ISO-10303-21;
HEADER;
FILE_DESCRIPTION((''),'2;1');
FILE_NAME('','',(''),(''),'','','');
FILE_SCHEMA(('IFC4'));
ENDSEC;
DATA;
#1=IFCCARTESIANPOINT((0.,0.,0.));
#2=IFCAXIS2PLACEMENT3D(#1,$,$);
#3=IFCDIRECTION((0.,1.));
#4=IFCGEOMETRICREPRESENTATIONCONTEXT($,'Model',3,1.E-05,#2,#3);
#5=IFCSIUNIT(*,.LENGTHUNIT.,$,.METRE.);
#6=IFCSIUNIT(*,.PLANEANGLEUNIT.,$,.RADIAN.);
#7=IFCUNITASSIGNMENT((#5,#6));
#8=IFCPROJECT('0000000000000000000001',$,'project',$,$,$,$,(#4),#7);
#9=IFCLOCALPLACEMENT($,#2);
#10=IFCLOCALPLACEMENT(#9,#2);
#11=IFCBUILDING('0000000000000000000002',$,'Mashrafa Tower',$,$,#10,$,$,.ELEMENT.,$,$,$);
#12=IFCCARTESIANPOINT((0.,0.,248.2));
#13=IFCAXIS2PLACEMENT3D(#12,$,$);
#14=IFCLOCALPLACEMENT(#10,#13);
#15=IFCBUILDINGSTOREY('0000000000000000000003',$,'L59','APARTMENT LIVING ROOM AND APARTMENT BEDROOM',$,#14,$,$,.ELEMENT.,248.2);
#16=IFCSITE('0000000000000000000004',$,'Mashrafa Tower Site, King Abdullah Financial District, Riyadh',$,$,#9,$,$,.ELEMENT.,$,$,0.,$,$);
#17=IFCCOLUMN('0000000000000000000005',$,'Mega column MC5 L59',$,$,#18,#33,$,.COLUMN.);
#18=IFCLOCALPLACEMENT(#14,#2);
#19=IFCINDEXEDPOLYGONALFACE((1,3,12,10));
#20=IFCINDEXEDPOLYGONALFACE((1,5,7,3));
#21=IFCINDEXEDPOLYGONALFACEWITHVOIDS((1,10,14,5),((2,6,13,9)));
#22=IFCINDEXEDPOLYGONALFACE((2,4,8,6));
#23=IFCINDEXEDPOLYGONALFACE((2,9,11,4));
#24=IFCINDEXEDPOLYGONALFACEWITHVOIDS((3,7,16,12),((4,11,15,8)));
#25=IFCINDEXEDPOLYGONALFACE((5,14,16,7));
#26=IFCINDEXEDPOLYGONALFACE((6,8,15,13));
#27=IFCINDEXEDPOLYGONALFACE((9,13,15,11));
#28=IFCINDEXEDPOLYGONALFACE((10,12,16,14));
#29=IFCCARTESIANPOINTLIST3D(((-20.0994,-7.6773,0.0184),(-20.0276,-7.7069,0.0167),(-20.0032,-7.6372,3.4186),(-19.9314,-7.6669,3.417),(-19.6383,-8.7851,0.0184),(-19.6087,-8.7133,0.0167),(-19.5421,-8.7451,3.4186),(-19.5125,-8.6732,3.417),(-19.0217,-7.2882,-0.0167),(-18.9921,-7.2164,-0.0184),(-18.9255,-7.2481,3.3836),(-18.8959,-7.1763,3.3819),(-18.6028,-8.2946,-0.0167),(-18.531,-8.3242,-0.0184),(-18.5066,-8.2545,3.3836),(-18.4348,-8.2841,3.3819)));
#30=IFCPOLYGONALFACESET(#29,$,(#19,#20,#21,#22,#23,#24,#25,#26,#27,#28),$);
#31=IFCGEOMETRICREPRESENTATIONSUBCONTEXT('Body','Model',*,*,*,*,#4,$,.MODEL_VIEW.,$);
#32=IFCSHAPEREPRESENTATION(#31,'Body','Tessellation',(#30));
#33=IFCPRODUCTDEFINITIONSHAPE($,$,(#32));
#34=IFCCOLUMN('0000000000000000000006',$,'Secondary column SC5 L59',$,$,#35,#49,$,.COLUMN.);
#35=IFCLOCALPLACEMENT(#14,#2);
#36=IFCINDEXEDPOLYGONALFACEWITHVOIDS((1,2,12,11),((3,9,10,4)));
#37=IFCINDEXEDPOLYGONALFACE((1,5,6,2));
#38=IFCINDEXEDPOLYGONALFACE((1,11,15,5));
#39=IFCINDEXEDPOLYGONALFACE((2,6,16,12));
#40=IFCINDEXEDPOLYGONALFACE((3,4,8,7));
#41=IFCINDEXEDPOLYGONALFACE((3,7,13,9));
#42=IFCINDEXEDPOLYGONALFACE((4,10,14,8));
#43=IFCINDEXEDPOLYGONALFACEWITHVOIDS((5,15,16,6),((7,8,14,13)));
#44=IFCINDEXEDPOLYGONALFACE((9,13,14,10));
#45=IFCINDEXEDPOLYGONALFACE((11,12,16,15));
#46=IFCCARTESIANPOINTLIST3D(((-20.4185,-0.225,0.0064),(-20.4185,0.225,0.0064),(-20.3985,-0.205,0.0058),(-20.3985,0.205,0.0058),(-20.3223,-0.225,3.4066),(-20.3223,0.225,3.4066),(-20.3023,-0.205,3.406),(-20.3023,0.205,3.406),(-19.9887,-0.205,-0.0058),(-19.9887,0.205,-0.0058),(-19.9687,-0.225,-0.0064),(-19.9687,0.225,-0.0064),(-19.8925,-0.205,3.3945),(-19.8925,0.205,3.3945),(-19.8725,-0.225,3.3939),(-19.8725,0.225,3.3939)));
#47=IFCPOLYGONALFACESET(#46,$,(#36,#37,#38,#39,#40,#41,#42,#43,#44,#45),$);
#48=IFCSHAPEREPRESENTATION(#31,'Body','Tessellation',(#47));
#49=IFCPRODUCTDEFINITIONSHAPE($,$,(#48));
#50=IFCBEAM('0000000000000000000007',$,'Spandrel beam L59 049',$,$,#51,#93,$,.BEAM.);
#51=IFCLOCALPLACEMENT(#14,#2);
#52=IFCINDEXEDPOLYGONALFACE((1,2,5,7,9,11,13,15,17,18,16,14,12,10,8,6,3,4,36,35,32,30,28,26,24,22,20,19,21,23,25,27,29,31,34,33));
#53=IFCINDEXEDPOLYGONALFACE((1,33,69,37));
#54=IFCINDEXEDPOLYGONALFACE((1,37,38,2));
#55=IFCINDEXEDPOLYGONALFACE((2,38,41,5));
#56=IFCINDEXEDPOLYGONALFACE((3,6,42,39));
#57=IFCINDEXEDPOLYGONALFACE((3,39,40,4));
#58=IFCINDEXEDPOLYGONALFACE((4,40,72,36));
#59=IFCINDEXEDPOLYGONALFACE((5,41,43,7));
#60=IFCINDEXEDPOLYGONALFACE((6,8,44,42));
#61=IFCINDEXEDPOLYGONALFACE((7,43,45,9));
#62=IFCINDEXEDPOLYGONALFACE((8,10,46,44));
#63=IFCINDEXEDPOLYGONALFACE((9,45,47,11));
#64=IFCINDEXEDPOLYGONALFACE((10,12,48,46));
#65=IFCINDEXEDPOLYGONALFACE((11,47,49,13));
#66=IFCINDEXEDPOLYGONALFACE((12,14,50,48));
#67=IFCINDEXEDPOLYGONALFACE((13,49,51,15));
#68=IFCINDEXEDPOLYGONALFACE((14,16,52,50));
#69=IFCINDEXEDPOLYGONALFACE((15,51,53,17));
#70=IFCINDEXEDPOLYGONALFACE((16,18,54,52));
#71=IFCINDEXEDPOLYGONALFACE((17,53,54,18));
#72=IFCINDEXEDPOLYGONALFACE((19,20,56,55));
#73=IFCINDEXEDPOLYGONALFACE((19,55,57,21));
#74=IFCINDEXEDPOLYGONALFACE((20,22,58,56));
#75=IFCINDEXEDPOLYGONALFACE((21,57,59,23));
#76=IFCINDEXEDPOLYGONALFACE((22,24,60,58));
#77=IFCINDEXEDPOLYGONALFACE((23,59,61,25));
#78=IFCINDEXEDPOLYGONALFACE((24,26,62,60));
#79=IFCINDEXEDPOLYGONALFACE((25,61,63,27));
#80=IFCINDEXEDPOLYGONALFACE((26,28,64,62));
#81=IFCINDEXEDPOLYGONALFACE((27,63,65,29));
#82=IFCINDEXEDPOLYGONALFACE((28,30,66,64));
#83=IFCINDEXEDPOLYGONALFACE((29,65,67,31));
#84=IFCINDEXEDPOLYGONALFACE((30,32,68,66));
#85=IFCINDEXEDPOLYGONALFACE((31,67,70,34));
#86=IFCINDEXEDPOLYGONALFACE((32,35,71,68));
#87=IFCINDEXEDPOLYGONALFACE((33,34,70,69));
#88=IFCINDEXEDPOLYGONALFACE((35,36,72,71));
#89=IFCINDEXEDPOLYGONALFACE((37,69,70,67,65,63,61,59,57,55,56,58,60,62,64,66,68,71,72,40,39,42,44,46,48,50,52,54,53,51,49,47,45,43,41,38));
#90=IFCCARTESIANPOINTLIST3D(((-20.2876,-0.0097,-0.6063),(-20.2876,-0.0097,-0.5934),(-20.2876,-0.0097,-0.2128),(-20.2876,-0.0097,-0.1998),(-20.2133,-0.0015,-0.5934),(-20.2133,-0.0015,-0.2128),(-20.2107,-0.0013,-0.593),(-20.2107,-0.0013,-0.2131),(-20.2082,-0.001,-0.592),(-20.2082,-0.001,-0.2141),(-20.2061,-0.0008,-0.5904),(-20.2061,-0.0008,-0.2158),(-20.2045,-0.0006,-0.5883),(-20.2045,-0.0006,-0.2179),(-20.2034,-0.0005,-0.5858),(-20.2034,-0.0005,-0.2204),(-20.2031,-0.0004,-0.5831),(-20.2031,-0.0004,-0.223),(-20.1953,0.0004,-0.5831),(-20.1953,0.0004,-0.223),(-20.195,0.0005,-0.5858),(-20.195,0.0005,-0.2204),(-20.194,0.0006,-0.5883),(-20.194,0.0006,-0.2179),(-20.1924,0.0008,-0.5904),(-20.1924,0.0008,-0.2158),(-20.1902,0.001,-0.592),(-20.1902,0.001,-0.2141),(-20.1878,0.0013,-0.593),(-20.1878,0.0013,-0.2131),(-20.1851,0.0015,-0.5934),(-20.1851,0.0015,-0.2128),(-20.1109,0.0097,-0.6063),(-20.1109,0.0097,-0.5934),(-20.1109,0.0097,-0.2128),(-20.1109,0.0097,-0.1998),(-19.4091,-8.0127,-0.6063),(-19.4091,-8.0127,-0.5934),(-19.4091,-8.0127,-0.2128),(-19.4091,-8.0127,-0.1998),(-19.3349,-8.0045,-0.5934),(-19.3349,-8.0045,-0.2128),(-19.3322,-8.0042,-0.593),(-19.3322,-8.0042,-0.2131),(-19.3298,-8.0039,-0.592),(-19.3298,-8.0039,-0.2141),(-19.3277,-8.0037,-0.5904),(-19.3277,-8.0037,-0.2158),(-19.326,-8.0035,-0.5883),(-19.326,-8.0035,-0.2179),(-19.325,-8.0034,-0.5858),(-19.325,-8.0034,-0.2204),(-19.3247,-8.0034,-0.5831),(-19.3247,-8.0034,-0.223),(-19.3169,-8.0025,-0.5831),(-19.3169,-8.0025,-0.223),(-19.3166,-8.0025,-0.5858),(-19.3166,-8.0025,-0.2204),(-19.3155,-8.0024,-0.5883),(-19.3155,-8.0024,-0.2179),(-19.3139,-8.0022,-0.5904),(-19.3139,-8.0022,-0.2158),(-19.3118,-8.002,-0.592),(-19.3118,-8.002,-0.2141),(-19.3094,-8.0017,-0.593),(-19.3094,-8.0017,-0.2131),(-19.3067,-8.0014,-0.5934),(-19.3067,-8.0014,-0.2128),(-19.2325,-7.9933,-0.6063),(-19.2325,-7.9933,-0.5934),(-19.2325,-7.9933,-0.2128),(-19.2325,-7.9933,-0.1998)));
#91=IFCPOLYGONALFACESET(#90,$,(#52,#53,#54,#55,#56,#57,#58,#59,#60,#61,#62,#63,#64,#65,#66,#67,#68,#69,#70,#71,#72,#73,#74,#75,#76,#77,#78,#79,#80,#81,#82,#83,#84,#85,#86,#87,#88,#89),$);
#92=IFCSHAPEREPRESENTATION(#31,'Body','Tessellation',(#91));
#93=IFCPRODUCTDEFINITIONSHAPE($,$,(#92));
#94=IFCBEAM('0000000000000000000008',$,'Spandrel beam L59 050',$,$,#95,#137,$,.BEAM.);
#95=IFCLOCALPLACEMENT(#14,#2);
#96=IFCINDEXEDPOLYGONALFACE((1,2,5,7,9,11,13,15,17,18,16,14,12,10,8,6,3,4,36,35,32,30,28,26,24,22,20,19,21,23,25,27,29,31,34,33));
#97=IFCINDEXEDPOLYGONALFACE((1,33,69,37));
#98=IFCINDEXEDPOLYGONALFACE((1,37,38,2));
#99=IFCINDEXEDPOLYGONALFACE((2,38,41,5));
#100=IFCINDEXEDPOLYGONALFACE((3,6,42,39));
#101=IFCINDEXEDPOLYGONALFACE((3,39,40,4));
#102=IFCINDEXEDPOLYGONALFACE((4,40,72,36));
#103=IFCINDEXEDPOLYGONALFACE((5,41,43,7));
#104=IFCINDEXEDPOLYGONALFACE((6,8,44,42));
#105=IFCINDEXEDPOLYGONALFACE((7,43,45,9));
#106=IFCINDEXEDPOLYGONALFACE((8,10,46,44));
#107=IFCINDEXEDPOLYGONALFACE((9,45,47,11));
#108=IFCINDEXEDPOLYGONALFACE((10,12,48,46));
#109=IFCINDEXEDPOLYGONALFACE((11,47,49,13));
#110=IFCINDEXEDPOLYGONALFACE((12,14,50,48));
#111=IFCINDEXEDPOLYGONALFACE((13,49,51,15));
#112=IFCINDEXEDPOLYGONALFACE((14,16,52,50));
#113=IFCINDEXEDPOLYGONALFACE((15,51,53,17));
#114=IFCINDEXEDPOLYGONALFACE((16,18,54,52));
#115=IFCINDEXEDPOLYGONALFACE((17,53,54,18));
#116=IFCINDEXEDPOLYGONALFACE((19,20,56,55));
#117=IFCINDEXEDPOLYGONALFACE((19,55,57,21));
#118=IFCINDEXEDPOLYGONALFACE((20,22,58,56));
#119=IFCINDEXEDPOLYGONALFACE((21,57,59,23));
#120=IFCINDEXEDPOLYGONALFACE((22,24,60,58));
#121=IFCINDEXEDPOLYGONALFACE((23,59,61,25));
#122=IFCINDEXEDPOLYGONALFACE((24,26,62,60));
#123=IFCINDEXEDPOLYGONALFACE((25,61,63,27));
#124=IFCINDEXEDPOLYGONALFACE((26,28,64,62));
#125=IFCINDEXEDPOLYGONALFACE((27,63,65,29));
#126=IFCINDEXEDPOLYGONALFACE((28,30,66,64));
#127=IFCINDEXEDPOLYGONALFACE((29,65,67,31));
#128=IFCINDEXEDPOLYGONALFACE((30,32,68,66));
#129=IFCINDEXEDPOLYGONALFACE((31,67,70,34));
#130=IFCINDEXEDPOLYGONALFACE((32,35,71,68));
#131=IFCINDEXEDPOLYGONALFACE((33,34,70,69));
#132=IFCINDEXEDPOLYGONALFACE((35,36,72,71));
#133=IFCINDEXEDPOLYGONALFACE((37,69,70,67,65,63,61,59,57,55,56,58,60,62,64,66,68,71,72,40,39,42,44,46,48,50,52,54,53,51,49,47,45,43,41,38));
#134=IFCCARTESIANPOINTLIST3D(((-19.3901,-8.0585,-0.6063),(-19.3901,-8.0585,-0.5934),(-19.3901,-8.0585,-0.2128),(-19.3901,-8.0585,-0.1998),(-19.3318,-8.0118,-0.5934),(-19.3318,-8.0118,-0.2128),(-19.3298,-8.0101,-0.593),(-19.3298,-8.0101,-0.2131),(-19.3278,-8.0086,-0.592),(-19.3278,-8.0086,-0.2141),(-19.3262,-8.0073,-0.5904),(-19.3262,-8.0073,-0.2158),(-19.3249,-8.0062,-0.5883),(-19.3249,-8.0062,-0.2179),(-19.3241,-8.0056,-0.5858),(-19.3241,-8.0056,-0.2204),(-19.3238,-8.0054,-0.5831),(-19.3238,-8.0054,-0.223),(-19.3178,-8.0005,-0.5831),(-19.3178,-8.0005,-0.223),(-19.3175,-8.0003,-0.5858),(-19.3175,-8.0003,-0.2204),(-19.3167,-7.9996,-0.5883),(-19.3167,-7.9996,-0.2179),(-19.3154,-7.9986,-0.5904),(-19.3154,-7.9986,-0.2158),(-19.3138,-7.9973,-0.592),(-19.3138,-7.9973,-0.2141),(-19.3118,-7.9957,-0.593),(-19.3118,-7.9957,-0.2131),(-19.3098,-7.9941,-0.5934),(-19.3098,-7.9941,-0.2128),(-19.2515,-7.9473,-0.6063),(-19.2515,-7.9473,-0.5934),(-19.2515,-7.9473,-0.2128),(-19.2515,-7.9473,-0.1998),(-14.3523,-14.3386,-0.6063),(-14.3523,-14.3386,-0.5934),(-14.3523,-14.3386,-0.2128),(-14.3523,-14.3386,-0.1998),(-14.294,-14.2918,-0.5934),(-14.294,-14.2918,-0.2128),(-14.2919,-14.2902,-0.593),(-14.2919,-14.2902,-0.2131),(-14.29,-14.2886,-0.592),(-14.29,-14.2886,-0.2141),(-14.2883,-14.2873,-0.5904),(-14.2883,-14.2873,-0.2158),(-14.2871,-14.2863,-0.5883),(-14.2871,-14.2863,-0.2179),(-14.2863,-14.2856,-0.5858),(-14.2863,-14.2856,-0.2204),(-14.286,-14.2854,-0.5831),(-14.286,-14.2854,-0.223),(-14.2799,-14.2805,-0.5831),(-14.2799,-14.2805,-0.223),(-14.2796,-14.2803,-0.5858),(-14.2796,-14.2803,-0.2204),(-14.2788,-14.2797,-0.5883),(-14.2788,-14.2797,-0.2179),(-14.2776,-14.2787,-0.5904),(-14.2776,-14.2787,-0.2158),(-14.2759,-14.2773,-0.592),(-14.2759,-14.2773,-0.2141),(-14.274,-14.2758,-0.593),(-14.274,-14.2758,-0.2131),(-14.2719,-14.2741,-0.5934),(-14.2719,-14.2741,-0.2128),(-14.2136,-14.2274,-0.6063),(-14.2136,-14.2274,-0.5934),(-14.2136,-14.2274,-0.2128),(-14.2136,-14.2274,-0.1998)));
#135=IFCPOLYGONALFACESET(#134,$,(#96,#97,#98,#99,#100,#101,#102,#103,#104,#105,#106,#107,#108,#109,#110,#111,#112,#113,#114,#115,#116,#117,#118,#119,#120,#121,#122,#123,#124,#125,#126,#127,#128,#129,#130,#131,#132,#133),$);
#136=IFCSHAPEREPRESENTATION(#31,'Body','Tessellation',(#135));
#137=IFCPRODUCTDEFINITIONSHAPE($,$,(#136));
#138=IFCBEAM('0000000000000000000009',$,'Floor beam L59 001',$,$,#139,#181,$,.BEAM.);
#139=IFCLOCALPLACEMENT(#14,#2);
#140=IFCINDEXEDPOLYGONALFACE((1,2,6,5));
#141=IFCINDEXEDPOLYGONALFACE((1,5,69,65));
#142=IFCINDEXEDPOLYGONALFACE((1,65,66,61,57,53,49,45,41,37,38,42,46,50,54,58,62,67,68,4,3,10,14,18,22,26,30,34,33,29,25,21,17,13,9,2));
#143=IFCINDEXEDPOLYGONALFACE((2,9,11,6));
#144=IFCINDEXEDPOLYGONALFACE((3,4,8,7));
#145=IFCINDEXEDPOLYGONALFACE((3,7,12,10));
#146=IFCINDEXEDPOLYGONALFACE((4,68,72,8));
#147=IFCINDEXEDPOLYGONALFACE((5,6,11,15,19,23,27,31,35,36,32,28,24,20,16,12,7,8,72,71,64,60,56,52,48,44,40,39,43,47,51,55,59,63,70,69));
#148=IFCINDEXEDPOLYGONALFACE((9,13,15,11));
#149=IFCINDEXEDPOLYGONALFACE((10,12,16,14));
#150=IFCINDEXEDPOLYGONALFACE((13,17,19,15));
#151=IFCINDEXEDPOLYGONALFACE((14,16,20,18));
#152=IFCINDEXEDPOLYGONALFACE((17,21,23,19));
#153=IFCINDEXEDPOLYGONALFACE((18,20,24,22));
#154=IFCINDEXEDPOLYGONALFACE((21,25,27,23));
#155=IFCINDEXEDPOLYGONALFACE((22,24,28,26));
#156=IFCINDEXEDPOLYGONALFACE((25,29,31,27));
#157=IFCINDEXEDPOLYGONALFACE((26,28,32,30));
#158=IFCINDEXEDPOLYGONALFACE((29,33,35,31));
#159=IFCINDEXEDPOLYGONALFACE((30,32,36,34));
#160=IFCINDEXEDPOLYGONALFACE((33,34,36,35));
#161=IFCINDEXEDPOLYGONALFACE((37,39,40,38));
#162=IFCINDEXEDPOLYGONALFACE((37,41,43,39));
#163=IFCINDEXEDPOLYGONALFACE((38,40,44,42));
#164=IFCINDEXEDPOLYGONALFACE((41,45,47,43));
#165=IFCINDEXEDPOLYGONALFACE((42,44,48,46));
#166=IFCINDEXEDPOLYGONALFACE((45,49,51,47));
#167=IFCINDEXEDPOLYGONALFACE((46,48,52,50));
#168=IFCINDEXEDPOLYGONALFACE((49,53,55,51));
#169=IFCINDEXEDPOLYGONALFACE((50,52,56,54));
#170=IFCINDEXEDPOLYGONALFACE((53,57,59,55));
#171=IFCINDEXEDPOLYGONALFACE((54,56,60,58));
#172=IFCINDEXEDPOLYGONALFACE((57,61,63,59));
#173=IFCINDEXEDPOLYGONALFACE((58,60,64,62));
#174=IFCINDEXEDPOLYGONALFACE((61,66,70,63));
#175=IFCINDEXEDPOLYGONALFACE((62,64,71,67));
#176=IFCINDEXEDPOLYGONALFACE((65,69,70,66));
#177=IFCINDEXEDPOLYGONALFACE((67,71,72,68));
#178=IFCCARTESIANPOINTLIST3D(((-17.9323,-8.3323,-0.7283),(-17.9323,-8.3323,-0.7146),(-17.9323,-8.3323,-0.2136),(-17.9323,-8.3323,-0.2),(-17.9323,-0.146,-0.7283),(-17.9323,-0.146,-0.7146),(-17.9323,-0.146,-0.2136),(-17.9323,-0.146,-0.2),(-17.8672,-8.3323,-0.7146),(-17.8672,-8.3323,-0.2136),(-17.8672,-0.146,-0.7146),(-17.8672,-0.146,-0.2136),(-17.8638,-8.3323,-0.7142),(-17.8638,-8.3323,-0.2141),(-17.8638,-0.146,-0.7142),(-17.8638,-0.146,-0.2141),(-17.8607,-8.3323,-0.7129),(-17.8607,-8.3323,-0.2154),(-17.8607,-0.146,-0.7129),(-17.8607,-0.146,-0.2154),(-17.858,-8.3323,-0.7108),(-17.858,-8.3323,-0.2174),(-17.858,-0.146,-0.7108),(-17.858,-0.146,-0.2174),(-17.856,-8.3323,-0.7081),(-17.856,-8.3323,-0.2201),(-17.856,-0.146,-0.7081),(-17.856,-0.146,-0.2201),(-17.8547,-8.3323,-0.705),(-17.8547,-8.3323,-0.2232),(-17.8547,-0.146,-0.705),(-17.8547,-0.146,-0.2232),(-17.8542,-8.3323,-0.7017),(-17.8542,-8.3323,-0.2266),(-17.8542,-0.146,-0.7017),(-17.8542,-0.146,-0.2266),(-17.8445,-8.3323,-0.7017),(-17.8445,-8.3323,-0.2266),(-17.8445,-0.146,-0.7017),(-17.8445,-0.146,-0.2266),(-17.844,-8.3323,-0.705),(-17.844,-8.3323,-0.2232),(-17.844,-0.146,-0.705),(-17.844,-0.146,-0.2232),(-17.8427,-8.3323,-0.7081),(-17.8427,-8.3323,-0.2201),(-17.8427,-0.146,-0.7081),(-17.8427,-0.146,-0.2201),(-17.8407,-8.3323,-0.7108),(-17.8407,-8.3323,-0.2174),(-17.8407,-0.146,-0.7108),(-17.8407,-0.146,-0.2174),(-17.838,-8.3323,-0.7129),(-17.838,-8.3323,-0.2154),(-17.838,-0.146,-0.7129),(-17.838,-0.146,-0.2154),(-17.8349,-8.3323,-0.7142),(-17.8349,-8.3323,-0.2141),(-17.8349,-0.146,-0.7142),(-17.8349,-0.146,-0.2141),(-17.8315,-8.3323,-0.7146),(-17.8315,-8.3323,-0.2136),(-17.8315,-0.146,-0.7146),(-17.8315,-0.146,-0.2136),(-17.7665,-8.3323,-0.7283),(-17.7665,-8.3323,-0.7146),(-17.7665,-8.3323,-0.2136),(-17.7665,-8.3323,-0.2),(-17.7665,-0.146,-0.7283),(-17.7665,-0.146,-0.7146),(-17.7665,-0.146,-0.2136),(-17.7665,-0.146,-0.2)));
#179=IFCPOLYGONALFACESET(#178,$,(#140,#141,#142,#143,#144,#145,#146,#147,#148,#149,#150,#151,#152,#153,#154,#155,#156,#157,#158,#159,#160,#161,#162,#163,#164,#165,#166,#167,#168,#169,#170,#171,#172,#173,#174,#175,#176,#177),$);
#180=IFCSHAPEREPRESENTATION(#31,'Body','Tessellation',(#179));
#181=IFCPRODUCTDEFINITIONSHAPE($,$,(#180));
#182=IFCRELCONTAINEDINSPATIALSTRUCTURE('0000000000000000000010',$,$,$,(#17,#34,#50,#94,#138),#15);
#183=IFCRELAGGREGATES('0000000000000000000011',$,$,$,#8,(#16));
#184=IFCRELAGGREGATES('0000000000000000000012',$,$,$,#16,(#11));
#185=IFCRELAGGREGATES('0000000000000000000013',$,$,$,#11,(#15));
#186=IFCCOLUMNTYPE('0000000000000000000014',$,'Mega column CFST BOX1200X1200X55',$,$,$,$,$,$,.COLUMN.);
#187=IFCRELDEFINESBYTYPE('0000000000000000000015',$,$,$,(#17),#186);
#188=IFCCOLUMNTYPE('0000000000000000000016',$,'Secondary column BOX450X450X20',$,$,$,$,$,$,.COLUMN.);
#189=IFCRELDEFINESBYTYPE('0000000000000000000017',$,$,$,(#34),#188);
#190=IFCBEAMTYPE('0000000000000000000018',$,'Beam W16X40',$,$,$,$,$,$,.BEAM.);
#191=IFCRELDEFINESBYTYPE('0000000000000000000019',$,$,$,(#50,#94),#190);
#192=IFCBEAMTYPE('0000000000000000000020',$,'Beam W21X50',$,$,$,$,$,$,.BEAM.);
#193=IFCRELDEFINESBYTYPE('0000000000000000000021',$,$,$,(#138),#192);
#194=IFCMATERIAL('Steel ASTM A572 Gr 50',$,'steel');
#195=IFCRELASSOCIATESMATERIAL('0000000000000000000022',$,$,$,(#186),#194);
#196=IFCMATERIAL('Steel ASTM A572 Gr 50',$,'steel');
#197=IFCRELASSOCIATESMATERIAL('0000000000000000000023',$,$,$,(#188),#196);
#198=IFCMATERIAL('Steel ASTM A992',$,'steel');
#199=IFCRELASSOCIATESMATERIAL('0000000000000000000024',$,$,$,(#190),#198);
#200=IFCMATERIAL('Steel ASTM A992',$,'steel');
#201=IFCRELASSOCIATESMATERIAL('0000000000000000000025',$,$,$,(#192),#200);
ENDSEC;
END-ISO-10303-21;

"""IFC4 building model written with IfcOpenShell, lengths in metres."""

from ifc_helpers import new_model, si_unit, direction, frame, origin, origin_2d, place, context, subcontext, project, spatial, hollow_rectangle, i_section, extrude, material, material_profile, profile_set, type_object, element, save


model = new_model("IFC4")

# Units and contexts
model_context = context("Model", 3, precision=1e-05, world=origin(), true_north=direction((0.0, 1.0)))
body_context = subcontext(model_context, "Body", "Model", "MODEL_VIEW")
ifc_project = project(units=[si_unit("LENGTHUNIT", "METRE"), si_unit("PLANEANGLEUNIT", "RADIAN")], contexts=[model_context])

# Site, building, storey
site_placement = place(None, origin())
site = spatial("IfcSite", under=ifc_project, at=site_placement, Name="Mashrafa Tower Site, King Abdullah Financial District, Riyadh", CompositionType="ELEMENT", RefElevation=0.0)
building_placement = place(site_placement, origin())
building = spatial("IfcBuilding", under=site, at=building_placement, Name="Mashrafa Tower", CompositionType="ELEMENT")
storey_placement = place(building_placement, frame((0.0, 0.0, 248.2)))
storey = spatial("IfcBuildingStorey", under=building, at=storey_placement, Name="L59", Description="APARTMENT LIVING ROOM AND APARTMENT BEDROOM", CompositionType="ELEMENT", Elevation=248.2)

# Columns
ifc_material_1 = material(Name="Steel ASTM A572 Gr 50", Category="steel")
ifc_material_profile_1 = material_profile(ifc_material_1, hollow_rectangle(XDim=1.2, YDim=1.2, WallThickness=0.0549, at=origin_2d()), Name="BOX1200X1200X55")
ifc_profile_set_1 = profile_set([ifc_material_profile_1], Name="Steel ASTM A572 Gr 50")
column_type_1 = type_object("IfcColumnType", Name="Mega column CFST BOX1200X1200X55", PredefinedType="COLUMN", material=ifc_profile_set_1)
column_1_placement = place(storey_placement, frame((-19.3152, -8.0007, 0.0), z_axis=(0.028277, 0.01177, 0.999531), x_axis=(-0.384283, 0.923216, 0.0)))
element("IfcColumn", 1, at=column_1_placement, inside=storey, type_object=column_type_1, Name="Mega column MC5 L59", PredefinedType="COLUMN", context=body_context, shape_type="SweptSolid", body=[
    extrude(hollow_rectangle(XDim=1.2, YDim=1.2, WallThickness=0.0549, at=origin_2d()), origin(), (0.0, 0.0, 1.0), 3.4019),
])
ifc_material_2 = material(Name="Steel ASTM A572 Gr 50", Category="steel")
ifc_material_profile_2 = material_profile(ifc_material_2, hollow_rectangle(XDim=0.45, YDim=0.45, WallThickness=0.02, at=origin_2d()), Name="BOX450X450X20")
ifc_profile_set_2 = profile_set([ifc_material_profile_2], Name="Steel ASTM A572 Gr 50")
column_type_2 = type_object("IfcColumnType", Name="Secondary column BOX450X450X20", PredefinedType="COLUMN", material=ifc_profile_set_2)
column_2_placement = place(storey_placement, frame((-20.1936, 0.0, 0.0), z_axis=(0.028279, 0.0, 0.9996), x_axis=(0.0, 1.0, 0.0)))
element("IfcColumn", 2, at=column_2_placement, inside=storey, type_object=column_type_2, Name="Secondary column SC5 L59", PredefinedType="COLUMN", context=body_context, shape_type="SweptSolid", body=[
    extrude(hollow_rectangle(XDim=0.45, YDim=0.45, WallThickness=0.02, at=origin_2d()), origin(), (0.0, 0.0, 1.0), 3.4016),
])

# Beams
ifc_material_3 = material(Name="Steel ASTM A992", Category="steel")
ifc_material_profile_3 = material_profile(ifc_material_3, i_section(OverallWidth=0.1777, OverallDepth=0.4065, WebThickness=0.0078, FlangeThickness=0.0129, FilletRadius=0.0103, at=origin_2d()), Name="W16X40")
ifc_profile_set_3 = profile_set([ifc_material_profile_3], Name="Steel ASTM A992")
beam_type_1 = type_object("IfcBeamType", Name="Beam W16X40", PredefinedType="BEAM", material=ifc_profile_set_3)
for number, where, z_axis, x_axis, name in (
    (3, (-20.1992, 0.0, -0.4031), (0.109107, -0.99403, 0.0), (0.99403, 0.109107, 0.0), "Spandrel beam L59 049"),
    (4, (-19.3208, -8.0029, -0.4031), (0.625741, -0.780031, 0.0), (0.780031, 0.625741, 0.0), "Spandrel beam L59 050"),
):
    element("IfcBeam", number, at=place(storey_placement, frame(where, z_axis=z_axis, x_axis=x_axis)), inside=storey, type_object=beam_type_1, Name=name, PredefinedType="BEAM", context=body_context, shape_type="SweptSolid", body=[
        extrude(i_section(OverallWidth=0.1777, OverallDepth=0.4065, WebThickness=0.0078, FlangeThickness=0.0129, FilletRadius=0.0103, at=origin_2d()), origin(), (0.0, 0.0, 1.0), 8.051),
    ])
ifc_material_4 = material(Name="Steel ASTM A992", Category="steel")
ifc_material_profile_4 = material_profile(ifc_material_4, i_section(OverallWidth=0.1658, OverallDepth=0.5283, WebThickness=0.0098, FlangeThickness=0.0137, FilletRadius=0.0129, at=origin_2d()), Name="W21X50")
ifc_profile_set_4 = profile_set([ifc_material_profile_4], Name="Steel ASTM A992")
beam_type_2 = type_object("IfcBeamType", Name="Beam W21X50", PredefinedType="BEAM", material=ifc_profile_set_4)
beam_placement = place(storey_placement, frame((-17.8494, -8.3323, -0.4641), z_axis=(0.0, 1.0, 0.0), x_axis=(-1.0, 0.0, 0.0)))
element("IfcBeam", 5, at=beam_placement, inside=storey, type_object=beam_type_2, Name="Floor beam L59 001", PredefinedType="BEAM", context=body_context, shape_type="SweptSolid", body=[
    extrude(i_section(OverallWidth=0.1658, OverallDepth=0.5283, WebThickness=0.0098, FlangeThickness=0.0137, FilletRadius=0.0129, at=origin_2d()), origin(), (0.0, 0.0, 1.0), 8.1863),
])

save(model, "model.ifc")
